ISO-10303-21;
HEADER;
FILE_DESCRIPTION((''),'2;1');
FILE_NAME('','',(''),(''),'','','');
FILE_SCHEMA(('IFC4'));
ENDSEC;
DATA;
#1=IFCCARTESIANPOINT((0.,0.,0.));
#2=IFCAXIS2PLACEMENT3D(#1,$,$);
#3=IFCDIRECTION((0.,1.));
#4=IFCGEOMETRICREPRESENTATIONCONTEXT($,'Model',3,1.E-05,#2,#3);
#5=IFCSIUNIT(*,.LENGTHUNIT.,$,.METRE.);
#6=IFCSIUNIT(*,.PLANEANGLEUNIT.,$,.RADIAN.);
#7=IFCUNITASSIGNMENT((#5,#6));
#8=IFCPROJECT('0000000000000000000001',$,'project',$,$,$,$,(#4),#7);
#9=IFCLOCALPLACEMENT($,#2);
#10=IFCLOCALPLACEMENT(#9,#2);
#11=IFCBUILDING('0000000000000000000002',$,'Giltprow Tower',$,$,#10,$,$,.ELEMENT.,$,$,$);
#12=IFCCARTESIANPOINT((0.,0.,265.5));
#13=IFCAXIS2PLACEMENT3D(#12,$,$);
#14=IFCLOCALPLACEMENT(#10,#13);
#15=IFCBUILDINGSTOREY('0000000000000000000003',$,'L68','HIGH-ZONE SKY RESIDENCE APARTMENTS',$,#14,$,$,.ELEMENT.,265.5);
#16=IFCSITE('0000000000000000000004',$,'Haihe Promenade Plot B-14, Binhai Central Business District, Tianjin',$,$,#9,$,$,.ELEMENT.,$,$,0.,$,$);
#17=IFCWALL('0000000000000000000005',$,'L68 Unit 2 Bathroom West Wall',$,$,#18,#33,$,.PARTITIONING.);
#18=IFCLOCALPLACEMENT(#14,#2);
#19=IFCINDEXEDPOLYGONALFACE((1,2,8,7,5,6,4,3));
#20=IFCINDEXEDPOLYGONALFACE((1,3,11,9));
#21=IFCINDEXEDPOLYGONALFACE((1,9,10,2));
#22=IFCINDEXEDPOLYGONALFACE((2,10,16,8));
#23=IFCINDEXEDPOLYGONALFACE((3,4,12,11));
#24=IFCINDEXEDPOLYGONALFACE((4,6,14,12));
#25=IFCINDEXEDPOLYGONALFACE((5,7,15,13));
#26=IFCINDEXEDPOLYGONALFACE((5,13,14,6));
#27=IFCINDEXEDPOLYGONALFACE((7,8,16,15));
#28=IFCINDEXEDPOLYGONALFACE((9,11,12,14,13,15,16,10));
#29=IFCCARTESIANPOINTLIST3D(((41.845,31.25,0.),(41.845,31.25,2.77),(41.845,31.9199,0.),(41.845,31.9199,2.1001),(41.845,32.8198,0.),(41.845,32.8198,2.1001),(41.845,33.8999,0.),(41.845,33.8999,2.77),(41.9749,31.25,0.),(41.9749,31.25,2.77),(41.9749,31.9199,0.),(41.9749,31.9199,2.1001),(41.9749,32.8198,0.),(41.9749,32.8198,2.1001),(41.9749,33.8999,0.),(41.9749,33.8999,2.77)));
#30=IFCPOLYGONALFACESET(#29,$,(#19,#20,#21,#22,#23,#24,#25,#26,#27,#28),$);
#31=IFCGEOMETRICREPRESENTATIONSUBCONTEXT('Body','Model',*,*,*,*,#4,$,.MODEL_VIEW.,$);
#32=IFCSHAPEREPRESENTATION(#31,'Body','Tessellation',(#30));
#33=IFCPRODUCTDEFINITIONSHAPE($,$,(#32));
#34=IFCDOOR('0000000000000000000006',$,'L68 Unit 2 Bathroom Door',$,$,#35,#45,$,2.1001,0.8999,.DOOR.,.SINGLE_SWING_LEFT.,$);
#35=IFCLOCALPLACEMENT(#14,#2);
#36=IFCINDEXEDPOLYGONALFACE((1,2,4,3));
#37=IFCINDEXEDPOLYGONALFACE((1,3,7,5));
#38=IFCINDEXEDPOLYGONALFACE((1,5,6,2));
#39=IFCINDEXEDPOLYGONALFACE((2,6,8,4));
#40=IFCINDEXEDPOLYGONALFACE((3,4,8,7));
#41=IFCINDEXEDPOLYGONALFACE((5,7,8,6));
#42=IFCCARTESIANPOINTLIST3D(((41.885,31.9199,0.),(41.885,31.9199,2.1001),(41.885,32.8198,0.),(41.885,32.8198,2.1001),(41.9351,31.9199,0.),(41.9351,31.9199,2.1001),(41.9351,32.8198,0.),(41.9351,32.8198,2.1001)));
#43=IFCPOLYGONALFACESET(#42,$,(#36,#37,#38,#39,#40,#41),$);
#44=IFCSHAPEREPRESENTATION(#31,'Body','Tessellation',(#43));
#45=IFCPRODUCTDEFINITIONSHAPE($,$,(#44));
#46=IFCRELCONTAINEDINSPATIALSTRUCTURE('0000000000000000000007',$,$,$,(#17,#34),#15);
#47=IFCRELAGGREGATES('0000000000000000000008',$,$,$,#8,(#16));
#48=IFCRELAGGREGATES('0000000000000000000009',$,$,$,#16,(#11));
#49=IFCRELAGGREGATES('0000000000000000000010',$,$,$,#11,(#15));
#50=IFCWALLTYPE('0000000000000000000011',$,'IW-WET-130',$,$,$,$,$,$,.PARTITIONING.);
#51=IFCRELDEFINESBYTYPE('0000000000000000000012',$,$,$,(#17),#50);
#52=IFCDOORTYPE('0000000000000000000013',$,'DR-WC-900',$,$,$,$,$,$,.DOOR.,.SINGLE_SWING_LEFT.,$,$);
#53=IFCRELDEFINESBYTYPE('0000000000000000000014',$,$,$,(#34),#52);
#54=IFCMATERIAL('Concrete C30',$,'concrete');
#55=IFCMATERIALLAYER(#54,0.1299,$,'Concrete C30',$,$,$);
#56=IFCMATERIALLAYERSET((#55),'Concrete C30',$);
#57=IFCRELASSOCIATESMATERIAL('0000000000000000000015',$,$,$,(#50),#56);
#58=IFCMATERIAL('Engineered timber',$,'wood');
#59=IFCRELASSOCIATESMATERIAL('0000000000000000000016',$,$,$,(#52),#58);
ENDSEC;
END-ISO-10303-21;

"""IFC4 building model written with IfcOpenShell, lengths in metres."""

from ifc_helpers import new_model, si_unit, direction, frame, frame_2d, origin, place, context, subcontext, project, spatial, rectangle, extrude, source, transform, mapped, material, layer, layer_set, type_object, element, fill, save


model = new_model("IFC4")

# Units and contexts
model_context = context("Model", 3, precision=1e-05, world=origin(), true_north=direction((0.0, 1.0)))
body_context = subcontext(model_context, "Body", "Model", "MODEL_VIEW")
ifc_project = project(units=[si_unit("LENGTHUNIT", "METRE"), si_unit("PLANEANGLEUNIT", "RADIAN")], contexts=[model_context])

# Site, building, storey
site_placement = place(None, origin())
site = spatial("IfcSite", under=ifc_project, at=site_placement, Name="Haihe Promenade Plot B-14, Binhai Central Business District, Tianjin", CompositionType="ELEMENT", RefElevation=0.0)
building_placement = place(site_placement, origin())
building = spatial("IfcBuilding", under=site, at=building_placement, Name="Giltprow Tower", CompositionType="ELEMENT")
storey_placement = place(building_placement, frame((0.0, 0.0, 265.5)))
storey = spatial("IfcBuildingStorey", under=building, at=storey_placement, Name="L68", Description="HIGH-ZONE SKY RESIDENCE APARTMENTS", CompositionType="ELEMENT", Elevation=265.5)

# Shared definitions
ifc_material_1 = material(Name="Engineered timber", Category="wood")
ifc_material_2 = material(Name="Concrete C30", Category="concrete")
ifc_layer_1 = layer(ifc_material_2, 0.1299, Name="Concrete C30")
ifc_layer_set_1 = layer_set([ifc_layer_1], Name="Concrete C30")
wall_type_1 = type_object("IfcWallType", Name="IW-WET-130", PredefinedType="PARTITIONING", material=ifc_layer_set_1)

# Wall, opening, door
wall_1_placement = place(storey_placement, frame((41.9099, 31.25, 0.0), z_axis=(0.0, 0.0, 1.0), x_axis=(0.0, 1.0, 0.0)))
wall_1 = element("IfcWall", 1, at=wall_1_placement, inside=storey, type_object=wall_type_1, Name="L68 Unit 2 Bathroom West Wall", PredefinedType="PARTITIONING", context=body_context, shape_type="SweptSolid", body=[
    extrude(rectangle(XDim=2.6499, YDim=0.1299, at=frame_2d((1.325, 0.0))), origin(), (0.0, 0.0, 1.0), 2.77),
])
opening_1_placement = place(wall_1_placement, frame((0.6699, 0.0, 0.0)))
opening_1 = element("IfcOpeningElement", 2, at=opening_1_placement, cuts=wall_1, PredefinedType="OPENING", context=body_context, shape_type="SweptSolid", body=[
    extrude(rectangle(XDim=0.8999, YDim=2.1001, at=frame_2d((0.45, 1.05))), frame((0.0, 0.075, 0.0), z_axis=(0.0, -1.0, 0.0), x_axis=(1.0, 0.0, 0.0)), (0.0, 0.0, 1.0), 0.1499),
])
door_type_1 = type_object("IfcDoorType", Name="DR-WC-900", OperationType="SINGLE_SWING_LEFT", PredefinedType="DOOR", material=ifc_material_1)
shared_shape_1 = source(origin(), body_context, "Body", "SweptSolid", [
    extrude(rectangle(XDim=0.8999, YDim=2.1001, at=frame_2d((0.45, 1.05))), frame((0.0, 0.0249, 0.0), z_axis=(0.0, -1.0, 0.0), x_axis=(1.0, 0.0, 0.0)), (0.0, 0.0, 1.0), 0.05),
])
door_1_placement = place(opening_1_placement, origin())
door_1 = element("IfcDoor", 3, at=door_1_placement, inside=storey, type_object=door_type_1, Name="L68 Unit 2 Bathroom Door", OperationType="SINGLE_SWING_LEFT", OverallHeight=2.1001, OverallWidth=0.8999, PredefinedType="DOOR", context=body_context, shape_type="MappedRepresentation", body=[
    mapped(shared_shape_1, transform((0.0, 0.0, 0.0), x_axis=(1.0, 0.0, 0.0), y_axis=(0.0, 1.0, 0.0), z_axis=(0.0, 0.0, 1.0), scale=1.0)),
])
fill(opening_1, door_1)

save(model, "model.ifc")
